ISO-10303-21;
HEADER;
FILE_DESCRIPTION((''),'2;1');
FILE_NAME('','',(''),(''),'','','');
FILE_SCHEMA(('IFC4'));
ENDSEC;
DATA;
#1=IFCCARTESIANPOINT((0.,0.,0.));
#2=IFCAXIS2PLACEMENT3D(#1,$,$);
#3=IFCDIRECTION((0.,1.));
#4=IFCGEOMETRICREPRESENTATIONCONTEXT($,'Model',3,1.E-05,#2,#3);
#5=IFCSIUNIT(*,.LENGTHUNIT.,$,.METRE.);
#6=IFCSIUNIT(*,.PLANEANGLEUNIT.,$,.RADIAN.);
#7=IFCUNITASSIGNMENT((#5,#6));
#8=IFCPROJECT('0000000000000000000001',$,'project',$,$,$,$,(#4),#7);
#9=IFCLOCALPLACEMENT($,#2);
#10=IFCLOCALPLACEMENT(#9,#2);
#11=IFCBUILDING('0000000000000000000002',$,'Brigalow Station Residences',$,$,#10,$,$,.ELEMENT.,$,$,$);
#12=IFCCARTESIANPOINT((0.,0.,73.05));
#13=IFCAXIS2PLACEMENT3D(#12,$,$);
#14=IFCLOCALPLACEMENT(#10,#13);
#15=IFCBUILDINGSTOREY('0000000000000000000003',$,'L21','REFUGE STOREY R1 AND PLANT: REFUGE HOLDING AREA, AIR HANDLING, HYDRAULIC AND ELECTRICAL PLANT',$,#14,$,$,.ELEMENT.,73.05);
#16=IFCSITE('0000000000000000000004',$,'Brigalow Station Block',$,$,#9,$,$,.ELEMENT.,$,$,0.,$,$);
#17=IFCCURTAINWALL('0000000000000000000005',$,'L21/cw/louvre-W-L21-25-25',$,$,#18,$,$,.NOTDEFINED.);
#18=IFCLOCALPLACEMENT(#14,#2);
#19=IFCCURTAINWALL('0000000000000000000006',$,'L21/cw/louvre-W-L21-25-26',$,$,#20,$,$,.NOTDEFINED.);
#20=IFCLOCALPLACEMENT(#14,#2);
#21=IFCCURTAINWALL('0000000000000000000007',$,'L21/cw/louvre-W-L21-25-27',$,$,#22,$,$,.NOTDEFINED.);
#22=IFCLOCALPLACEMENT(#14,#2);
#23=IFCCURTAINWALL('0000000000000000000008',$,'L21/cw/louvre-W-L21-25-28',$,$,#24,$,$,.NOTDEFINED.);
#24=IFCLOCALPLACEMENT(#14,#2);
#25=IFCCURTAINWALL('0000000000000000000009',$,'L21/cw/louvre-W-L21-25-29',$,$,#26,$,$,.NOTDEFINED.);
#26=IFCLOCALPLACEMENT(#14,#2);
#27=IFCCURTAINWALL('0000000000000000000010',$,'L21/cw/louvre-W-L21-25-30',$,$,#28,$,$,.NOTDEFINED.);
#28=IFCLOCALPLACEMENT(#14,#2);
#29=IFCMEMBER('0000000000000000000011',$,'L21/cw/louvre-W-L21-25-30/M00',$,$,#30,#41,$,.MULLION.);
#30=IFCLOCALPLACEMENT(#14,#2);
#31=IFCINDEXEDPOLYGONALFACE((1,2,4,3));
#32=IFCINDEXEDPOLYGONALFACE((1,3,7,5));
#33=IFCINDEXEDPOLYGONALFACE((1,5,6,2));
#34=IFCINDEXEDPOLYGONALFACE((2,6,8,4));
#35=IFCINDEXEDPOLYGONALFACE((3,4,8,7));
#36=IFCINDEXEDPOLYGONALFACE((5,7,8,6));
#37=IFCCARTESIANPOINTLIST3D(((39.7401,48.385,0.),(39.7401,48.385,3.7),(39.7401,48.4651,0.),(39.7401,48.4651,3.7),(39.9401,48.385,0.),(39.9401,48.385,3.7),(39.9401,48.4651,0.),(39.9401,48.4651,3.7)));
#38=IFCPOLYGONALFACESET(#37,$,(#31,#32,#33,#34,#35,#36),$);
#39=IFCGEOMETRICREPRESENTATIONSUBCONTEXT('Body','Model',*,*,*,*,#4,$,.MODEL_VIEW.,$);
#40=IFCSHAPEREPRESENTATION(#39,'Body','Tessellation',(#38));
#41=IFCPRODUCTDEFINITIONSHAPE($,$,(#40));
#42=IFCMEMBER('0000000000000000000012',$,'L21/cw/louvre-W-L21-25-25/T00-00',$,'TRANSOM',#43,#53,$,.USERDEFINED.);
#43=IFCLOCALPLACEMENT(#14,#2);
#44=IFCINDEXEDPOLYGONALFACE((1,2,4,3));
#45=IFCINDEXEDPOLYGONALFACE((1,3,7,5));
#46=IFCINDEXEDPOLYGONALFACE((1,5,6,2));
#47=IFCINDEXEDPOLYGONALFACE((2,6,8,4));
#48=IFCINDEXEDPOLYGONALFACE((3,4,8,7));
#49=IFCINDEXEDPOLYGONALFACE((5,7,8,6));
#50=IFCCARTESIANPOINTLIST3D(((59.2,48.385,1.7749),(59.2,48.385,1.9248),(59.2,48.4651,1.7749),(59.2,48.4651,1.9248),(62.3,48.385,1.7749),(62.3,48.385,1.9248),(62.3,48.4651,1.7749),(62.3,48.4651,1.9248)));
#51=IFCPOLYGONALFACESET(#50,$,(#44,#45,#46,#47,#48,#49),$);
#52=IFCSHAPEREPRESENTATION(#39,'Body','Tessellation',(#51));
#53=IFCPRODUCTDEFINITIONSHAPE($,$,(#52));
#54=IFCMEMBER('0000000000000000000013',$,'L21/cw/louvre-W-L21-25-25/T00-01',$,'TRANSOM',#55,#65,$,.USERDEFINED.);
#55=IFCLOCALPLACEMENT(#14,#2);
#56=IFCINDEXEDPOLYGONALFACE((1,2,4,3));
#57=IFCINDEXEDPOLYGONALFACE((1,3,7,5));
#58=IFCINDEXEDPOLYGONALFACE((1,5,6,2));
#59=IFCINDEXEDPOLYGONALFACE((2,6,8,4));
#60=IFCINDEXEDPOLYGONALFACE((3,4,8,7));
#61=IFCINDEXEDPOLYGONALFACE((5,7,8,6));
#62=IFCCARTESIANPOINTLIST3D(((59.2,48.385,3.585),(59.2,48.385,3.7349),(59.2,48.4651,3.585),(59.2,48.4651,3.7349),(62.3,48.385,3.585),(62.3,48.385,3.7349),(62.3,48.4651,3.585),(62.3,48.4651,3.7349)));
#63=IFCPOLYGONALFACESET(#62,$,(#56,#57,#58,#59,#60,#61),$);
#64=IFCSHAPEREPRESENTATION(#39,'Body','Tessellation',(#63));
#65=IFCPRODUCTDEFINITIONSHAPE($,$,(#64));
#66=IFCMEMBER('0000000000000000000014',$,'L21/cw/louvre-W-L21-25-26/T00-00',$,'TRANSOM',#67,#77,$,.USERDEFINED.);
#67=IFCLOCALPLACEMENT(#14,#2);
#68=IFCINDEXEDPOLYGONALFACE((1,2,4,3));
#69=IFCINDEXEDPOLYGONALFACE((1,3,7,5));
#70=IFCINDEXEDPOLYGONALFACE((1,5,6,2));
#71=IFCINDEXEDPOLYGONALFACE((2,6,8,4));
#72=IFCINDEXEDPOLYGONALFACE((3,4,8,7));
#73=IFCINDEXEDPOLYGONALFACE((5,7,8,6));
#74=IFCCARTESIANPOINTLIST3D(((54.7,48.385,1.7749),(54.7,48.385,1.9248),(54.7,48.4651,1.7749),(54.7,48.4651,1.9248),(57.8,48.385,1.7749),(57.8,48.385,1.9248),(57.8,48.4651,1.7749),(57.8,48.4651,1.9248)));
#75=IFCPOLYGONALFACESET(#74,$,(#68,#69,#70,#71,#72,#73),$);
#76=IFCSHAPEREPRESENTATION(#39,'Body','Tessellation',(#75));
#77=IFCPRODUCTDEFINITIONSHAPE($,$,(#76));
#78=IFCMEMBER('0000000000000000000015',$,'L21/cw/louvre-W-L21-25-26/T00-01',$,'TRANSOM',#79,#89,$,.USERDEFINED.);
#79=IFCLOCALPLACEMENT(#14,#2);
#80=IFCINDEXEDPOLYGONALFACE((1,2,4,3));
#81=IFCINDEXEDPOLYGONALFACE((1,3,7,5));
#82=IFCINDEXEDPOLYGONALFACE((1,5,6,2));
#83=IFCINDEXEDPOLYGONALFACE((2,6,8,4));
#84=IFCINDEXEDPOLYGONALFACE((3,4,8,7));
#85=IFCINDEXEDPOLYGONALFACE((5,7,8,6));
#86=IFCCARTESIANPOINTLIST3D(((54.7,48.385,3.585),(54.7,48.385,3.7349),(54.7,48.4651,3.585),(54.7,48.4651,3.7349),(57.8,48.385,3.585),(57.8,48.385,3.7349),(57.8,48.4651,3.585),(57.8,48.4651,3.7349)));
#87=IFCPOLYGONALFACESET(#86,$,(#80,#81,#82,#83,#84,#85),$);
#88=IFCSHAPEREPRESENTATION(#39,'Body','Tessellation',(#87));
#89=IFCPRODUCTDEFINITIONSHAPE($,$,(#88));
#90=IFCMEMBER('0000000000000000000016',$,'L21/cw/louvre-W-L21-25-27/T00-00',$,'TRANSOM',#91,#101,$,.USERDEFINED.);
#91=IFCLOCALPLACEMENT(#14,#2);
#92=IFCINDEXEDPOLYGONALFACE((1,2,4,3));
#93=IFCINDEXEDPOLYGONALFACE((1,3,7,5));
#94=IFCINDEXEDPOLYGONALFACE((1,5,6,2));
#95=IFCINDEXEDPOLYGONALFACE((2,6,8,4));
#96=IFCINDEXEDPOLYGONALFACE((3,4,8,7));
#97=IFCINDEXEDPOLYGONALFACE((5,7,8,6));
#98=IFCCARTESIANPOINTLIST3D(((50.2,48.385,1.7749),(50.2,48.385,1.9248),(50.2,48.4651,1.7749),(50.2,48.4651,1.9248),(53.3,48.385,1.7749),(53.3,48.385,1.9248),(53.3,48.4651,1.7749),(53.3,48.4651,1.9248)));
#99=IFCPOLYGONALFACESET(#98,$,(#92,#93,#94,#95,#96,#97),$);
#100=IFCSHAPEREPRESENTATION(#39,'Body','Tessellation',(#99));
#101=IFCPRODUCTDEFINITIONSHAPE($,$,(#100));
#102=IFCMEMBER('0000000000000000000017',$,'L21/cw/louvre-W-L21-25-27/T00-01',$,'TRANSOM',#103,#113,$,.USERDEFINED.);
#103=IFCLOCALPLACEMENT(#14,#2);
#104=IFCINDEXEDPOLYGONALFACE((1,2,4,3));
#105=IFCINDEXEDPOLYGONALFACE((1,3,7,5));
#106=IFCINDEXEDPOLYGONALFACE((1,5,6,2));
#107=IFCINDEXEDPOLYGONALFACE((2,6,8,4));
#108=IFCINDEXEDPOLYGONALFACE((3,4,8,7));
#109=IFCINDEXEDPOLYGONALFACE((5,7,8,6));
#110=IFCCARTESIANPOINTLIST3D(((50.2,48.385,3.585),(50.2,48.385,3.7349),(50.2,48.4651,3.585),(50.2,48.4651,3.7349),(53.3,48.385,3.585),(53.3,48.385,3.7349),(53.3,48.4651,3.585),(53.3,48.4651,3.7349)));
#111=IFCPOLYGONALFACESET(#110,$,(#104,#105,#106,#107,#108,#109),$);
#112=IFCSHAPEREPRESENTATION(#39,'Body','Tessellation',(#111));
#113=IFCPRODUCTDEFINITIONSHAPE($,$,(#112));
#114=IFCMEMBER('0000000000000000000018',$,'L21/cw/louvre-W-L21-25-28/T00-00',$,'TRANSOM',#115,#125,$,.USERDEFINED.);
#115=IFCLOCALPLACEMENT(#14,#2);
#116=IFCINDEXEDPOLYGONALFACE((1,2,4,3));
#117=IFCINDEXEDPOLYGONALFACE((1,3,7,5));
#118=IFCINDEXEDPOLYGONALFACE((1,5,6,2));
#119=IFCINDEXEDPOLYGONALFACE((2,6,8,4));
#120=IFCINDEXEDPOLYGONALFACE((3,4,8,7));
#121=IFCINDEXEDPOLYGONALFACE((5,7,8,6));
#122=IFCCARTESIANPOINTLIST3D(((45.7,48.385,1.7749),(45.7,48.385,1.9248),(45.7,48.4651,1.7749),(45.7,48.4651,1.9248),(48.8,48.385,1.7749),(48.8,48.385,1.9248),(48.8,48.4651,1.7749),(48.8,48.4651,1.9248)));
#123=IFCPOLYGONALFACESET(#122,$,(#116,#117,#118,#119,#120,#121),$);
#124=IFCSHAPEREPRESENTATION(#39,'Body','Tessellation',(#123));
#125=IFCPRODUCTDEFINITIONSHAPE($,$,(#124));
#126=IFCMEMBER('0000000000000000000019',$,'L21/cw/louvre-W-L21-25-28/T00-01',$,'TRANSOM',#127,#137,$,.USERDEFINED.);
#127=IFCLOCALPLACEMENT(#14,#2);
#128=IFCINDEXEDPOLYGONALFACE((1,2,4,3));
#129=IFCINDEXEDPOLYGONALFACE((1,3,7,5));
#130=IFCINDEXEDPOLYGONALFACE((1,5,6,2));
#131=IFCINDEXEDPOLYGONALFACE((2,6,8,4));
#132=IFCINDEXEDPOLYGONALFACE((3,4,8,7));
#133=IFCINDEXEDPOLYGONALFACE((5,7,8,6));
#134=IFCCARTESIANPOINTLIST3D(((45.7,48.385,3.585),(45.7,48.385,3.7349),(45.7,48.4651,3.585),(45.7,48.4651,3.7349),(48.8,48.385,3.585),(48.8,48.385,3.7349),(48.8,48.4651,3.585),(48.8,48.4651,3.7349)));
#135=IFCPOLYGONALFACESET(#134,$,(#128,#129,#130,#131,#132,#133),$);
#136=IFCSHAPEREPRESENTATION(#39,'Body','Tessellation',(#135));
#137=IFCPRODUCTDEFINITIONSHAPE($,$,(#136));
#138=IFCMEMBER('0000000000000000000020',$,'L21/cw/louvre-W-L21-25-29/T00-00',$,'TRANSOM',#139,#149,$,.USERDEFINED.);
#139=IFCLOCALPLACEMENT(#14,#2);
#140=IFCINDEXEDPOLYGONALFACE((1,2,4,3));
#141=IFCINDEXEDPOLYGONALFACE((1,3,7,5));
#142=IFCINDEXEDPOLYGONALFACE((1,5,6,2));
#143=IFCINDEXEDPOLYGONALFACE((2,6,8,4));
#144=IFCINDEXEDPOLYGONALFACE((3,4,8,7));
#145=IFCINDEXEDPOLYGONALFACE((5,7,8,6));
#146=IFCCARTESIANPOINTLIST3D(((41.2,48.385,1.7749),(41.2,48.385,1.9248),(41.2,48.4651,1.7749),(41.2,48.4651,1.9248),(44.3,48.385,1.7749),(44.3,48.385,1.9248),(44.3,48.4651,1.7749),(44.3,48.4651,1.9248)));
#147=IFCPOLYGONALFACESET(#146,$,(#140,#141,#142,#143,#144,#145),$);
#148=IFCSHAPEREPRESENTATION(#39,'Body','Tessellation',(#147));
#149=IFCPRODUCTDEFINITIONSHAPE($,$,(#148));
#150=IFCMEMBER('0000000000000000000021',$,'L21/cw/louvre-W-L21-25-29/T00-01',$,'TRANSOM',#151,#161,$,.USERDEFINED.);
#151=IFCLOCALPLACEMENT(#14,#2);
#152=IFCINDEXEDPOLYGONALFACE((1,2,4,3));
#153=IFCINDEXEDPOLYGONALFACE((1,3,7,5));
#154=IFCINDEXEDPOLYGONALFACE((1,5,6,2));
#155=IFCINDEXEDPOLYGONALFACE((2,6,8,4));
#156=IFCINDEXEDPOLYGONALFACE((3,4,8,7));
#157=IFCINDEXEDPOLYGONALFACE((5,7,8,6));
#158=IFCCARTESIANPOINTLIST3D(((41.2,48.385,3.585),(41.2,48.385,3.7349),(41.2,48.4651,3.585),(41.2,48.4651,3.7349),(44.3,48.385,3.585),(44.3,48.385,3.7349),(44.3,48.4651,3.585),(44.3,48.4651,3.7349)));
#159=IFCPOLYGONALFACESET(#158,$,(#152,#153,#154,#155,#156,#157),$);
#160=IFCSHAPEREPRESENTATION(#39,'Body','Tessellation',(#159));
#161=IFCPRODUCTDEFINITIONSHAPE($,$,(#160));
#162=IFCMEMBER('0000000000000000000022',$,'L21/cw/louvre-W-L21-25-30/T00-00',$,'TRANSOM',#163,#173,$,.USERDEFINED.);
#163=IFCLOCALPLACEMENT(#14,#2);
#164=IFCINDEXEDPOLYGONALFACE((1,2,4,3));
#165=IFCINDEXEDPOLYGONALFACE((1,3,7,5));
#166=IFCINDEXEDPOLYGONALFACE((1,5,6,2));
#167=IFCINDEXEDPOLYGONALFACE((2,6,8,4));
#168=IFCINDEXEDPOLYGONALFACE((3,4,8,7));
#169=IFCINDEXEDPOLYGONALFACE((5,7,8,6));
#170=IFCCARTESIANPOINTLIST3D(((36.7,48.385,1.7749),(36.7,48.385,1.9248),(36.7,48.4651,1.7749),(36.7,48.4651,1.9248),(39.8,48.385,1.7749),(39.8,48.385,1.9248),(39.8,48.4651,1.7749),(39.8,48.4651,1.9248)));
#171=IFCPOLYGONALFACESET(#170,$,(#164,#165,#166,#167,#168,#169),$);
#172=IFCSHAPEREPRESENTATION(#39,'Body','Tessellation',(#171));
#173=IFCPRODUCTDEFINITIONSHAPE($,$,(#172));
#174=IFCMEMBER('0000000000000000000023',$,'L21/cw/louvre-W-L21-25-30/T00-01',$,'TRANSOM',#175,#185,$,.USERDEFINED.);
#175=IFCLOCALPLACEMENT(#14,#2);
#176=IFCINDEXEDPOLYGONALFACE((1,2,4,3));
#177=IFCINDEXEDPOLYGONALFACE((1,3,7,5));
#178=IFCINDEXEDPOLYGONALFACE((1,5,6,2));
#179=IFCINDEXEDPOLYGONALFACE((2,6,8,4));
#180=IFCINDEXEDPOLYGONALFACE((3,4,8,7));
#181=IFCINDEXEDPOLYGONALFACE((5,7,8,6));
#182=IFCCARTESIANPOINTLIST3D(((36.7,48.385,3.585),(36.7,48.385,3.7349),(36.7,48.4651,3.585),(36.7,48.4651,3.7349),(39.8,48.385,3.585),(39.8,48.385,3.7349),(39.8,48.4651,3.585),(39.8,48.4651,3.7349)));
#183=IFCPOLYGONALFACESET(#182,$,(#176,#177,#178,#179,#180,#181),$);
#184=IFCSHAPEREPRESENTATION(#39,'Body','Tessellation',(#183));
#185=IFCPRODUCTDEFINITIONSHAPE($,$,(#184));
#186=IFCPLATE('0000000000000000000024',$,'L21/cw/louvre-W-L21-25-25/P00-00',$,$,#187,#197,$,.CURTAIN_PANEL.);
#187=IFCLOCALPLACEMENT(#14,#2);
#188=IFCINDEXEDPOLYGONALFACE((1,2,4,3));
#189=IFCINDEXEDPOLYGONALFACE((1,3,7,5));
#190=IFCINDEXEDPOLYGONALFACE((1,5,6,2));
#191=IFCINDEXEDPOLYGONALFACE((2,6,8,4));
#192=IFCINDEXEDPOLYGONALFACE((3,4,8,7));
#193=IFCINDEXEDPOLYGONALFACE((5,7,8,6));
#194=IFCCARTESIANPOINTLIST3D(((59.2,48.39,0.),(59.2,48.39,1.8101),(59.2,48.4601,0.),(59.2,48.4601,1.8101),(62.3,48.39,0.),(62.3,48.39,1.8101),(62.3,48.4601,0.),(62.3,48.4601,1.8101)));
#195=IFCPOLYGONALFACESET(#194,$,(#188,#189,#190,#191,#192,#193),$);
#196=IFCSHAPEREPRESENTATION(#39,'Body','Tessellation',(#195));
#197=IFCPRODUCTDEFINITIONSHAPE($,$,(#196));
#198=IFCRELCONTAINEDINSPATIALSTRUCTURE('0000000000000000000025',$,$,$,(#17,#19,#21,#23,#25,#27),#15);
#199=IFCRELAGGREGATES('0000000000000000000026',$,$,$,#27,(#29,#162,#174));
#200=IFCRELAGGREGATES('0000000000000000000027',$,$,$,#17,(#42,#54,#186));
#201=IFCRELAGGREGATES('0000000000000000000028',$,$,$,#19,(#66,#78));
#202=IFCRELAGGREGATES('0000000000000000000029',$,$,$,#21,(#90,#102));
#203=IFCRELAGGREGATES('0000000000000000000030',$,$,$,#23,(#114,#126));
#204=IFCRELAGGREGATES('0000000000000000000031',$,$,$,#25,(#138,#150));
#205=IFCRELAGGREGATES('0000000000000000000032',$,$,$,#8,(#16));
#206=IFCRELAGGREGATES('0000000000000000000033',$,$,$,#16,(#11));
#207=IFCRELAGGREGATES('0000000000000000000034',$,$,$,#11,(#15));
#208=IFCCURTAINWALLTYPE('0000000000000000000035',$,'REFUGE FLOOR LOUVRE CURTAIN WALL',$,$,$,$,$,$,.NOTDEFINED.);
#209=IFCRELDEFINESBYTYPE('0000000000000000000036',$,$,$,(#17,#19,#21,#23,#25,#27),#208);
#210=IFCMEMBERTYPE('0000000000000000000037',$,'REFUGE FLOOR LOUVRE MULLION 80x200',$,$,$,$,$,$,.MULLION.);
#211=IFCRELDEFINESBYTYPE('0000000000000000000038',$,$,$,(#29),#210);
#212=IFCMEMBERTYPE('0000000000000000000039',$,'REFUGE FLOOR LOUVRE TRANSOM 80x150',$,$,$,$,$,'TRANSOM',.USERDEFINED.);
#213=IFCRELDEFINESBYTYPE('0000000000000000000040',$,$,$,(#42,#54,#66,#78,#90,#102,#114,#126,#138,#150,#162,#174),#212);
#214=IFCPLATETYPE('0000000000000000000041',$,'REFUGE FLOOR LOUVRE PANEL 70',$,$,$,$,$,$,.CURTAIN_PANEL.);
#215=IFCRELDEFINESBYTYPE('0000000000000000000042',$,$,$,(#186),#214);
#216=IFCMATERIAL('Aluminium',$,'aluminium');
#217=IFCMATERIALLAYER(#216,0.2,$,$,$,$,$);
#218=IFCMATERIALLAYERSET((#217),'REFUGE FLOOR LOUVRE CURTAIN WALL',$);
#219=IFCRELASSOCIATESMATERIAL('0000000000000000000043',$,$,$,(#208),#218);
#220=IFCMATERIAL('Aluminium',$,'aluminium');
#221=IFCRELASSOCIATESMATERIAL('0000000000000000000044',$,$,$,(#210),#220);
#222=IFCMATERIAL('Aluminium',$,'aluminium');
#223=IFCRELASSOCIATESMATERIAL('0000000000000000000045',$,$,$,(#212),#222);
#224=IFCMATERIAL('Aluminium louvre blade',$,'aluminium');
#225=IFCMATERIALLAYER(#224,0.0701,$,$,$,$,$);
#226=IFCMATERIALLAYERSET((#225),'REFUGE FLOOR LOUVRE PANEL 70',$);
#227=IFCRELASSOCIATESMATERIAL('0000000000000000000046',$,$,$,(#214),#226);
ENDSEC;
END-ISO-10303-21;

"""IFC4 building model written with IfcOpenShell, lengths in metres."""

from ifc_helpers import new_model, si_unit, direction, frame, origin, origin_2d, place, context, subcontext, project, spatial, rectangle, extrude, material, layer, layer_set, material_profile, profile_set, type_object, element, aggregate, save


model = new_model("IFC4")

# Units and contexts
model_context = context("Model", 3, precision=1e-05, world=origin(), true_north=direction((0.0, 1.0)))
body_context = subcontext(model_context, "Body", "Model", "MODEL_VIEW")
ifc_project = project(units=[si_unit("LENGTHUNIT", "METRE"), si_unit("PLANEANGLEUNIT", "RADIAN")], contexts=[model_context])

# Site, building, storey
site_placement = place(None, origin())
site = spatial("IfcSite", under=ifc_project, at=site_placement, Name="Brigalow Station Block", CompositionType="ELEMENT", RefElevation=0.0)
building_placement = place(site_placement, origin())
building = spatial("IfcBuilding", under=site, at=building_placement, Name="Brigalow Station Residences", CompositionType="ELEMENT")
storey_placement = place(building_placement, frame((0.0, 0.0, 73.05)))
storey = spatial("IfcBuildingStorey", under=building, at=storey_placement, Name="L21", Description="REFUGE STOREY R1 AND PLANT: REFUGE HOLDING AREA, AIR HANDLING, HYDRAULIC AND ELECTRICAL PLANT", CompositionType="ELEMENT", Elevation=73.05)

# Curtain walls
ifc_material_1 = material(Name="Aluminium", Category="aluminium")
ifc_layer_1 = layer(ifc_material_1, 0.2)
ifc_layer_set_1 = layer_set([ifc_layer_1], Name="REFUGE FLOOR LOUVRE CURTAIN WALL")
curtain_wall_type = type_object("IfcCurtainWallType", Name="REFUGE FLOOR LOUVRE CURTAIN WALL", PredefinedType="NOTDEFINED", material=ifc_layer_set_1)
curtain_wall_1_placement = place(storey_placement, origin())
curtain_wall_1 = element("IfcCurtainWall", 1, at=curtain_wall_1_placement, inside=storey, type_object=curtain_wall_type, Name="L21/cw/louvre-W-L21-25-25", PredefinedType="NOTDEFINED")
ifc_material_2 = material(Name="Aluminium", Category="aluminium")
ifc_material_profile_1 = material_profile(ifc_material_2, rectangle(XDim=0.0801, YDim=0.2, at=origin_2d()), Name="REFUGE FLOOR LOUVRE MULLION 80x200")
ifc_profile_set_1 = profile_set([ifc_material_profile_1], Name="Aluminium")
member_type_1 = type_object("IfcMemberType", Name="REFUGE FLOOR LOUVRE MULLION 80x200", PredefinedType="MULLION", material=ifc_profile_set_1)
curtain_wall_2_placement = place(storey_placement, origin())
curtain_wall_2 = element("IfcCurtainWall", 2, at=curtain_wall_2_placement, inside=storey, type_object=curtain_wall_type, Name="L21/cw/louvre-W-L21-25-26", PredefinedType="NOTDEFINED")
curtain_wall_3_placement = place(storey_placement, origin())
curtain_wall_3 = element("IfcCurtainWall", 3, at=curtain_wall_3_placement, inside=storey, type_object=curtain_wall_type, Name="L21/cw/louvre-W-L21-25-27", PredefinedType="NOTDEFINED")
curtain_wall_4_placement = place(storey_placement, origin())
curtain_wall_4 = element("IfcCurtainWall", 4, at=curtain_wall_4_placement, inside=storey, type_object=curtain_wall_type, Name="L21/cw/louvre-W-L21-25-28", PredefinedType="NOTDEFINED")
curtain_wall_5_placement = place(storey_placement, origin())
curtain_wall_5 = element("IfcCurtainWall", 5, at=curtain_wall_5_placement, inside=storey, type_object=curtain_wall_type, Name="L21/cw/louvre-W-L21-25-29", PredefinedType="NOTDEFINED")

# Curtain wall, member
curtain_wall_6_placement = place(storey_placement, origin())
curtain_wall_6 = element("IfcCurtainWall", 6, at=curtain_wall_6_placement, inside=storey, type_object=curtain_wall_type, Name="L21/cw/louvre-W-L21-25-30", PredefinedType="NOTDEFINED")
member_1_placement = place(storey_placement, frame((39.8401, 48.425, 0.0), z_axis=(0.0, 0.0, 1.0), x_axis=(0.0, -1.0, 0.0)))
member_1 = element("IfcMember", 7, at=member_1_placement, type_object=member_type_1, Name="L21/cw/louvre-W-L21-25-30/M00", PredefinedType="MULLION", context=body_context, shape_type="SweptSolid", body=[
    extrude(rectangle(XDim=0.0801, YDim=0.2, at=origin_2d()), origin(), (0.0, 0.0, 1.0), 3.7),
])

# Members
ifc_material_3 = material(Name="Aluminium", Category="aluminium")
ifc_material_profile_2 = material_profile(ifc_material_3, rectangle(XDim=0.0801, YDim=0.1499, at=origin_2d()), Name="REFUGE FLOOR LOUVRE TRANSOM 80x150")
ifc_profile_set_2 = profile_set([ifc_material_profile_2], Name="Aluminium")
member_type_2 = type_object("IfcMemberType", Name="REFUGE FLOOR LOUVRE TRANSOM 80x150", ElementType="TRANSOM", PredefinedType="USERDEFINED", material=ifc_profile_set_2)
member_2_placement = place(storey_placement, frame((62.3, 48.425, 1.8499), z_axis=(-1.0, 0.0, 0.0), x_axis=(0.0, -1.0, 0.0)))
member_2 = element("IfcMember", 8, at=member_2_placement, type_object=member_type_2, Name="L21/cw/louvre-W-L21-25-25/T00-00", ObjectType="TRANSOM", PredefinedType="USERDEFINED", context=body_context, shape_type="SweptSolid", body=[
    extrude(rectangle(XDim=0.0801, YDim=0.1499, at=origin_2d()), origin(), (0.0, 0.0, 1.0), 3.1001),
])
member_3_placement = place(storey_placement, frame((62.3, 48.425, 3.6599), z_axis=(-1.0, 0.0, 0.0), x_axis=(0.0, -1.0, 0.0)))
member_3 = element("IfcMember", 9, at=member_3_placement, type_object=member_type_2, Name="L21/cw/louvre-W-L21-25-25/T00-01", ObjectType="TRANSOM", PredefinedType="USERDEFINED", context=body_context, shape_type="SweptSolid", body=[
    extrude(rectangle(XDim=0.0801, YDim=0.1499, at=origin_2d()), origin(), (0.0, 0.0, 1.0), 3.1001),
])
member_4_placement = place(storey_placement, frame((57.8, 48.425, 1.8499), z_axis=(-1.0, 0.0, 0.0), x_axis=(0.0, -1.0, 0.0)))
member_4 = element("IfcMember", 10, at=member_4_placement, type_object=member_type_2, Name="L21/cw/louvre-W-L21-25-26/T00-00", ObjectType="TRANSOM", PredefinedType="USERDEFINED", context=body_context, shape_type="SweptSolid", body=[
    extrude(rectangle(XDim=0.0801, YDim=0.1499, at=origin_2d()), origin(), (0.0, 0.0, 1.0), 3.1001),
])
member_5_placement = place(storey_placement, frame((57.8, 48.425, 3.6599), z_axis=(-1.0, 0.0, 0.0), x_axis=(0.0, -1.0, 0.0)))
member_5 = element("IfcMember", 11, at=member_5_placement, type_object=member_type_2, Name="L21/cw/louvre-W-L21-25-26/T00-01", ObjectType="TRANSOM", PredefinedType="USERDEFINED", context=body_context, shape_type="SweptSolid", body=[
    extrude(rectangle(XDim=0.0801, YDim=0.1499, at=origin_2d()), origin(), (0.0, 0.0, 1.0), 3.1001),
])
member_6_placement = place(storey_placement, frame((53.3, 48.425, 1.8499), z_axis=(-1.0, 0.0, 0.0), x_axis=(0.0, -1.0, 0.0)))
member_6 = element("IfcMember", 12, at=member_6_placement, type_object=member_type_2, Name="L21/cw/louvre-W-L21-25-27/T00-00", ObjectType="TRANSOM", PredefinedType="USERDEFINED", context=body_context, shape_type="SweptSolid", body=[
    extrude(rectangle(XDim=0.0801, YDim=0.1499, at=origin_2d()), origin(), (0.0, 0.0, 1.0), 3.1001),
])
member_7_placement = place(storey_placement, frame((53.3, 48.425, 3.6599), z_axis=(-1.0, 0.0, 0.0), x_axis=(0.0, -1.0, 0.0)))
member_7 = element("IfcMember", 13, at=member_7_placement, type_object=member_type_2, Name="L21/cw/louvre-W-L21-25-27/T00-01", ObjectType="TRANSOM", PredefinedType="USERDEFINED", context=body_context, shape_type="SweptSolid", body=[
    extrude(rectangle(XDim=0.0801, YDim=0.1499, at=origin_2d()), origin(), (0.0, 0.0, 1.0), 3.1001),
])
member_8_placement = place(storey_placement, frame((48.8, 48.425, 1.8499), z_axis=(-1.0, 0.0, 0.0), x_axis=(0.0, -1.0, 0.0)))
member_8 = element("IfcMember", 14, at=member_8_placement, type_object=member_type_2, Name="L21/cw/louvre-W-L21-25-28/T00-00", ObjectType="TRANSOM", PredefinedType="USERDEFINED", context=body_context, shape_type="SweptSolid", body=[
    extrude(rectangle(XDim=0.0801, YDim=0.1499, at=origin_2d()), origin(), (0.0, 0.0, 1.0), 3.1001),
])
member_9_placement = place(storey_placement, frame((48.8, 48.425, 3.6599), z_axis=(-1.0, 0.0, 0.0), x_axis=(0.0, -1.0, 0.0)))
member_9 = element("IfcMember", 15, at=member_9_placement, type_object=member_type_2, Name="L21/cw/louvre-W-L21-25-28/T00-01", ObjectType="TRANSOM", PredefinedType="USERDEFINED", context=body_context, shape_type="SweptSolid", body=[
    extrude(rectangle(XDim=0.0801, YDim=0.1499, at=origin_2d()), origin(), (0.0, 0.0, 1.0), 3.1001),
])
member_10_placement = place(storey_placement, frame((44.3, 48.425, 1.8499), z_axis=(-1.0, 0.0, 0.0), x_axis=(0.0, -1.0, 0.0)))
member_10 = element("IfcMember", 16, at=member_10_placement, type_object=member_type_2, Name="L21/cw/louvre-W-L21-25-29/T00-00", ObjectType="TRANSOM", PredefinedType="USERDEFINED", context=body_context, shape_type="SweptSolid", body=[
    extrude(rectangle(XDim=0.0801, YDim=0.1499, at=origin_2d()), origin(), (0.0, 0.0, 1.0), 3.1001),
])
member_11_placement = place(storey_placement, frame((44.3, 48.425, 3.6599), z_axis=(-1.0, 0.0, 0.0), x_axis=(0.0, -1.0, 0.0)))
member_11 = element("IfcMember", 17, at=member_11_placement, type_object=member_type_2, Name="L21/cw/louvre-W-L21-25-29/T00-01", ObjectType="TRANSOM", PredefinedType="USERDEFINED", context=body_context, shape_type="SweptSolid", body=[
    extrude(rectangle(XDim=0.0801, YDim=0.1499, at=origin_2d()), origin(), (0.0, 0.0, 1.0), 3.1001),
])
member_12_placement = place(storey_placement, frame((39.8, 48.425, 1.8499), z_axis=(-1.0, 0.0, 0.0), x_axis=(0.0, -1.0, 0.0)))
member_12 = element("IfcMember", 18, at=member_12_placement, type_object=member_type_2, Name="L21/cw/louvre-W-L21-25-30/T00-00", ObjectType="TRANSOM", PredefinedType="USERDEFINED", context=body_context, shape_type="SweptSolid", body=[
    extrude(rectangle(XDim=0.0801, YDim=0.1499, at=origin_2d()), origin(), (0.0, 0.0, 1.0), 3.1001),
])
member_13_placement = place(storey_placement, frame((39.8, 48.425, 3.6599), z_axis=(-1.0, 0.0, 0.0), x_axis=(0.0, -1.0, 0.0)))
member_13 = element("IfcMember", 19, at=member_13_placement, type_object=member_type_2, Name="L21/cw/louvre-W-L21-25-30/T00-01", ObjectType="TRANSOM", PredefinedType="USERDEFINED", context=body_context, shape_type="SweptSolid", body=[
    extrude(rectangle(XDim=0.0801, YDim=0.1499, at=origin_2d()), origin(), (0.0, 0.0, 1.0), 3.1001),
])
aggregate(curtain_wall_6, [member_1, member_12, member_13])

# Plate
ifc_material_4 = material(Name="Aluminium louvre blade", Category="aluminium")
ifc_layer_2 = layer(ifc_material_4, 0.0701)
ifc_layer_set_2 = layer_set([ifc_layer_2], Name="REFUGE FLOOR LOUVRE PANEL 70")
plate_type = type_object("IfcPlateType", Name="REFUGE FLOOR LOUVRE PANEL 70", PredefinedType="CURTAIN_PANEL", material=ifc_layer_set_2)
plate_1_placement = place(storey_placement, frame((60.75, 48.425, 0.0), z_axis=(0.0, 0.0, 1.0), x_axis=(-1.0, 0.0, 0.0)))
plate_1 = element("IfcPlate", 20, at=plate_1_placement, type_object=plate_type, Name="L21/cw/louvre-W-L21-25-25/P00-00", PredefinedType="CURTAIN_PANEL", context=body_context, shape_type="SweptSolid", body=[
    extrude(rectangle(XDim=3.1001, YDim=0.0701, at=origin_2d()), origin(), (0.0, 0.0, 1.0), 1.8101),
])
aggregate(curtain_wall_1, [member_2, member_3, plate_1])
aggregate(curtain_wall_2, [member_4, member_5])
aggregate(curtain_wall_3, [member_6, member_7])
aggregate(curtain_wall_4, [member_8, member_9])
aggregate(curtain_wall_5, [member_10, member_11])

save(model, "model.ifc")
